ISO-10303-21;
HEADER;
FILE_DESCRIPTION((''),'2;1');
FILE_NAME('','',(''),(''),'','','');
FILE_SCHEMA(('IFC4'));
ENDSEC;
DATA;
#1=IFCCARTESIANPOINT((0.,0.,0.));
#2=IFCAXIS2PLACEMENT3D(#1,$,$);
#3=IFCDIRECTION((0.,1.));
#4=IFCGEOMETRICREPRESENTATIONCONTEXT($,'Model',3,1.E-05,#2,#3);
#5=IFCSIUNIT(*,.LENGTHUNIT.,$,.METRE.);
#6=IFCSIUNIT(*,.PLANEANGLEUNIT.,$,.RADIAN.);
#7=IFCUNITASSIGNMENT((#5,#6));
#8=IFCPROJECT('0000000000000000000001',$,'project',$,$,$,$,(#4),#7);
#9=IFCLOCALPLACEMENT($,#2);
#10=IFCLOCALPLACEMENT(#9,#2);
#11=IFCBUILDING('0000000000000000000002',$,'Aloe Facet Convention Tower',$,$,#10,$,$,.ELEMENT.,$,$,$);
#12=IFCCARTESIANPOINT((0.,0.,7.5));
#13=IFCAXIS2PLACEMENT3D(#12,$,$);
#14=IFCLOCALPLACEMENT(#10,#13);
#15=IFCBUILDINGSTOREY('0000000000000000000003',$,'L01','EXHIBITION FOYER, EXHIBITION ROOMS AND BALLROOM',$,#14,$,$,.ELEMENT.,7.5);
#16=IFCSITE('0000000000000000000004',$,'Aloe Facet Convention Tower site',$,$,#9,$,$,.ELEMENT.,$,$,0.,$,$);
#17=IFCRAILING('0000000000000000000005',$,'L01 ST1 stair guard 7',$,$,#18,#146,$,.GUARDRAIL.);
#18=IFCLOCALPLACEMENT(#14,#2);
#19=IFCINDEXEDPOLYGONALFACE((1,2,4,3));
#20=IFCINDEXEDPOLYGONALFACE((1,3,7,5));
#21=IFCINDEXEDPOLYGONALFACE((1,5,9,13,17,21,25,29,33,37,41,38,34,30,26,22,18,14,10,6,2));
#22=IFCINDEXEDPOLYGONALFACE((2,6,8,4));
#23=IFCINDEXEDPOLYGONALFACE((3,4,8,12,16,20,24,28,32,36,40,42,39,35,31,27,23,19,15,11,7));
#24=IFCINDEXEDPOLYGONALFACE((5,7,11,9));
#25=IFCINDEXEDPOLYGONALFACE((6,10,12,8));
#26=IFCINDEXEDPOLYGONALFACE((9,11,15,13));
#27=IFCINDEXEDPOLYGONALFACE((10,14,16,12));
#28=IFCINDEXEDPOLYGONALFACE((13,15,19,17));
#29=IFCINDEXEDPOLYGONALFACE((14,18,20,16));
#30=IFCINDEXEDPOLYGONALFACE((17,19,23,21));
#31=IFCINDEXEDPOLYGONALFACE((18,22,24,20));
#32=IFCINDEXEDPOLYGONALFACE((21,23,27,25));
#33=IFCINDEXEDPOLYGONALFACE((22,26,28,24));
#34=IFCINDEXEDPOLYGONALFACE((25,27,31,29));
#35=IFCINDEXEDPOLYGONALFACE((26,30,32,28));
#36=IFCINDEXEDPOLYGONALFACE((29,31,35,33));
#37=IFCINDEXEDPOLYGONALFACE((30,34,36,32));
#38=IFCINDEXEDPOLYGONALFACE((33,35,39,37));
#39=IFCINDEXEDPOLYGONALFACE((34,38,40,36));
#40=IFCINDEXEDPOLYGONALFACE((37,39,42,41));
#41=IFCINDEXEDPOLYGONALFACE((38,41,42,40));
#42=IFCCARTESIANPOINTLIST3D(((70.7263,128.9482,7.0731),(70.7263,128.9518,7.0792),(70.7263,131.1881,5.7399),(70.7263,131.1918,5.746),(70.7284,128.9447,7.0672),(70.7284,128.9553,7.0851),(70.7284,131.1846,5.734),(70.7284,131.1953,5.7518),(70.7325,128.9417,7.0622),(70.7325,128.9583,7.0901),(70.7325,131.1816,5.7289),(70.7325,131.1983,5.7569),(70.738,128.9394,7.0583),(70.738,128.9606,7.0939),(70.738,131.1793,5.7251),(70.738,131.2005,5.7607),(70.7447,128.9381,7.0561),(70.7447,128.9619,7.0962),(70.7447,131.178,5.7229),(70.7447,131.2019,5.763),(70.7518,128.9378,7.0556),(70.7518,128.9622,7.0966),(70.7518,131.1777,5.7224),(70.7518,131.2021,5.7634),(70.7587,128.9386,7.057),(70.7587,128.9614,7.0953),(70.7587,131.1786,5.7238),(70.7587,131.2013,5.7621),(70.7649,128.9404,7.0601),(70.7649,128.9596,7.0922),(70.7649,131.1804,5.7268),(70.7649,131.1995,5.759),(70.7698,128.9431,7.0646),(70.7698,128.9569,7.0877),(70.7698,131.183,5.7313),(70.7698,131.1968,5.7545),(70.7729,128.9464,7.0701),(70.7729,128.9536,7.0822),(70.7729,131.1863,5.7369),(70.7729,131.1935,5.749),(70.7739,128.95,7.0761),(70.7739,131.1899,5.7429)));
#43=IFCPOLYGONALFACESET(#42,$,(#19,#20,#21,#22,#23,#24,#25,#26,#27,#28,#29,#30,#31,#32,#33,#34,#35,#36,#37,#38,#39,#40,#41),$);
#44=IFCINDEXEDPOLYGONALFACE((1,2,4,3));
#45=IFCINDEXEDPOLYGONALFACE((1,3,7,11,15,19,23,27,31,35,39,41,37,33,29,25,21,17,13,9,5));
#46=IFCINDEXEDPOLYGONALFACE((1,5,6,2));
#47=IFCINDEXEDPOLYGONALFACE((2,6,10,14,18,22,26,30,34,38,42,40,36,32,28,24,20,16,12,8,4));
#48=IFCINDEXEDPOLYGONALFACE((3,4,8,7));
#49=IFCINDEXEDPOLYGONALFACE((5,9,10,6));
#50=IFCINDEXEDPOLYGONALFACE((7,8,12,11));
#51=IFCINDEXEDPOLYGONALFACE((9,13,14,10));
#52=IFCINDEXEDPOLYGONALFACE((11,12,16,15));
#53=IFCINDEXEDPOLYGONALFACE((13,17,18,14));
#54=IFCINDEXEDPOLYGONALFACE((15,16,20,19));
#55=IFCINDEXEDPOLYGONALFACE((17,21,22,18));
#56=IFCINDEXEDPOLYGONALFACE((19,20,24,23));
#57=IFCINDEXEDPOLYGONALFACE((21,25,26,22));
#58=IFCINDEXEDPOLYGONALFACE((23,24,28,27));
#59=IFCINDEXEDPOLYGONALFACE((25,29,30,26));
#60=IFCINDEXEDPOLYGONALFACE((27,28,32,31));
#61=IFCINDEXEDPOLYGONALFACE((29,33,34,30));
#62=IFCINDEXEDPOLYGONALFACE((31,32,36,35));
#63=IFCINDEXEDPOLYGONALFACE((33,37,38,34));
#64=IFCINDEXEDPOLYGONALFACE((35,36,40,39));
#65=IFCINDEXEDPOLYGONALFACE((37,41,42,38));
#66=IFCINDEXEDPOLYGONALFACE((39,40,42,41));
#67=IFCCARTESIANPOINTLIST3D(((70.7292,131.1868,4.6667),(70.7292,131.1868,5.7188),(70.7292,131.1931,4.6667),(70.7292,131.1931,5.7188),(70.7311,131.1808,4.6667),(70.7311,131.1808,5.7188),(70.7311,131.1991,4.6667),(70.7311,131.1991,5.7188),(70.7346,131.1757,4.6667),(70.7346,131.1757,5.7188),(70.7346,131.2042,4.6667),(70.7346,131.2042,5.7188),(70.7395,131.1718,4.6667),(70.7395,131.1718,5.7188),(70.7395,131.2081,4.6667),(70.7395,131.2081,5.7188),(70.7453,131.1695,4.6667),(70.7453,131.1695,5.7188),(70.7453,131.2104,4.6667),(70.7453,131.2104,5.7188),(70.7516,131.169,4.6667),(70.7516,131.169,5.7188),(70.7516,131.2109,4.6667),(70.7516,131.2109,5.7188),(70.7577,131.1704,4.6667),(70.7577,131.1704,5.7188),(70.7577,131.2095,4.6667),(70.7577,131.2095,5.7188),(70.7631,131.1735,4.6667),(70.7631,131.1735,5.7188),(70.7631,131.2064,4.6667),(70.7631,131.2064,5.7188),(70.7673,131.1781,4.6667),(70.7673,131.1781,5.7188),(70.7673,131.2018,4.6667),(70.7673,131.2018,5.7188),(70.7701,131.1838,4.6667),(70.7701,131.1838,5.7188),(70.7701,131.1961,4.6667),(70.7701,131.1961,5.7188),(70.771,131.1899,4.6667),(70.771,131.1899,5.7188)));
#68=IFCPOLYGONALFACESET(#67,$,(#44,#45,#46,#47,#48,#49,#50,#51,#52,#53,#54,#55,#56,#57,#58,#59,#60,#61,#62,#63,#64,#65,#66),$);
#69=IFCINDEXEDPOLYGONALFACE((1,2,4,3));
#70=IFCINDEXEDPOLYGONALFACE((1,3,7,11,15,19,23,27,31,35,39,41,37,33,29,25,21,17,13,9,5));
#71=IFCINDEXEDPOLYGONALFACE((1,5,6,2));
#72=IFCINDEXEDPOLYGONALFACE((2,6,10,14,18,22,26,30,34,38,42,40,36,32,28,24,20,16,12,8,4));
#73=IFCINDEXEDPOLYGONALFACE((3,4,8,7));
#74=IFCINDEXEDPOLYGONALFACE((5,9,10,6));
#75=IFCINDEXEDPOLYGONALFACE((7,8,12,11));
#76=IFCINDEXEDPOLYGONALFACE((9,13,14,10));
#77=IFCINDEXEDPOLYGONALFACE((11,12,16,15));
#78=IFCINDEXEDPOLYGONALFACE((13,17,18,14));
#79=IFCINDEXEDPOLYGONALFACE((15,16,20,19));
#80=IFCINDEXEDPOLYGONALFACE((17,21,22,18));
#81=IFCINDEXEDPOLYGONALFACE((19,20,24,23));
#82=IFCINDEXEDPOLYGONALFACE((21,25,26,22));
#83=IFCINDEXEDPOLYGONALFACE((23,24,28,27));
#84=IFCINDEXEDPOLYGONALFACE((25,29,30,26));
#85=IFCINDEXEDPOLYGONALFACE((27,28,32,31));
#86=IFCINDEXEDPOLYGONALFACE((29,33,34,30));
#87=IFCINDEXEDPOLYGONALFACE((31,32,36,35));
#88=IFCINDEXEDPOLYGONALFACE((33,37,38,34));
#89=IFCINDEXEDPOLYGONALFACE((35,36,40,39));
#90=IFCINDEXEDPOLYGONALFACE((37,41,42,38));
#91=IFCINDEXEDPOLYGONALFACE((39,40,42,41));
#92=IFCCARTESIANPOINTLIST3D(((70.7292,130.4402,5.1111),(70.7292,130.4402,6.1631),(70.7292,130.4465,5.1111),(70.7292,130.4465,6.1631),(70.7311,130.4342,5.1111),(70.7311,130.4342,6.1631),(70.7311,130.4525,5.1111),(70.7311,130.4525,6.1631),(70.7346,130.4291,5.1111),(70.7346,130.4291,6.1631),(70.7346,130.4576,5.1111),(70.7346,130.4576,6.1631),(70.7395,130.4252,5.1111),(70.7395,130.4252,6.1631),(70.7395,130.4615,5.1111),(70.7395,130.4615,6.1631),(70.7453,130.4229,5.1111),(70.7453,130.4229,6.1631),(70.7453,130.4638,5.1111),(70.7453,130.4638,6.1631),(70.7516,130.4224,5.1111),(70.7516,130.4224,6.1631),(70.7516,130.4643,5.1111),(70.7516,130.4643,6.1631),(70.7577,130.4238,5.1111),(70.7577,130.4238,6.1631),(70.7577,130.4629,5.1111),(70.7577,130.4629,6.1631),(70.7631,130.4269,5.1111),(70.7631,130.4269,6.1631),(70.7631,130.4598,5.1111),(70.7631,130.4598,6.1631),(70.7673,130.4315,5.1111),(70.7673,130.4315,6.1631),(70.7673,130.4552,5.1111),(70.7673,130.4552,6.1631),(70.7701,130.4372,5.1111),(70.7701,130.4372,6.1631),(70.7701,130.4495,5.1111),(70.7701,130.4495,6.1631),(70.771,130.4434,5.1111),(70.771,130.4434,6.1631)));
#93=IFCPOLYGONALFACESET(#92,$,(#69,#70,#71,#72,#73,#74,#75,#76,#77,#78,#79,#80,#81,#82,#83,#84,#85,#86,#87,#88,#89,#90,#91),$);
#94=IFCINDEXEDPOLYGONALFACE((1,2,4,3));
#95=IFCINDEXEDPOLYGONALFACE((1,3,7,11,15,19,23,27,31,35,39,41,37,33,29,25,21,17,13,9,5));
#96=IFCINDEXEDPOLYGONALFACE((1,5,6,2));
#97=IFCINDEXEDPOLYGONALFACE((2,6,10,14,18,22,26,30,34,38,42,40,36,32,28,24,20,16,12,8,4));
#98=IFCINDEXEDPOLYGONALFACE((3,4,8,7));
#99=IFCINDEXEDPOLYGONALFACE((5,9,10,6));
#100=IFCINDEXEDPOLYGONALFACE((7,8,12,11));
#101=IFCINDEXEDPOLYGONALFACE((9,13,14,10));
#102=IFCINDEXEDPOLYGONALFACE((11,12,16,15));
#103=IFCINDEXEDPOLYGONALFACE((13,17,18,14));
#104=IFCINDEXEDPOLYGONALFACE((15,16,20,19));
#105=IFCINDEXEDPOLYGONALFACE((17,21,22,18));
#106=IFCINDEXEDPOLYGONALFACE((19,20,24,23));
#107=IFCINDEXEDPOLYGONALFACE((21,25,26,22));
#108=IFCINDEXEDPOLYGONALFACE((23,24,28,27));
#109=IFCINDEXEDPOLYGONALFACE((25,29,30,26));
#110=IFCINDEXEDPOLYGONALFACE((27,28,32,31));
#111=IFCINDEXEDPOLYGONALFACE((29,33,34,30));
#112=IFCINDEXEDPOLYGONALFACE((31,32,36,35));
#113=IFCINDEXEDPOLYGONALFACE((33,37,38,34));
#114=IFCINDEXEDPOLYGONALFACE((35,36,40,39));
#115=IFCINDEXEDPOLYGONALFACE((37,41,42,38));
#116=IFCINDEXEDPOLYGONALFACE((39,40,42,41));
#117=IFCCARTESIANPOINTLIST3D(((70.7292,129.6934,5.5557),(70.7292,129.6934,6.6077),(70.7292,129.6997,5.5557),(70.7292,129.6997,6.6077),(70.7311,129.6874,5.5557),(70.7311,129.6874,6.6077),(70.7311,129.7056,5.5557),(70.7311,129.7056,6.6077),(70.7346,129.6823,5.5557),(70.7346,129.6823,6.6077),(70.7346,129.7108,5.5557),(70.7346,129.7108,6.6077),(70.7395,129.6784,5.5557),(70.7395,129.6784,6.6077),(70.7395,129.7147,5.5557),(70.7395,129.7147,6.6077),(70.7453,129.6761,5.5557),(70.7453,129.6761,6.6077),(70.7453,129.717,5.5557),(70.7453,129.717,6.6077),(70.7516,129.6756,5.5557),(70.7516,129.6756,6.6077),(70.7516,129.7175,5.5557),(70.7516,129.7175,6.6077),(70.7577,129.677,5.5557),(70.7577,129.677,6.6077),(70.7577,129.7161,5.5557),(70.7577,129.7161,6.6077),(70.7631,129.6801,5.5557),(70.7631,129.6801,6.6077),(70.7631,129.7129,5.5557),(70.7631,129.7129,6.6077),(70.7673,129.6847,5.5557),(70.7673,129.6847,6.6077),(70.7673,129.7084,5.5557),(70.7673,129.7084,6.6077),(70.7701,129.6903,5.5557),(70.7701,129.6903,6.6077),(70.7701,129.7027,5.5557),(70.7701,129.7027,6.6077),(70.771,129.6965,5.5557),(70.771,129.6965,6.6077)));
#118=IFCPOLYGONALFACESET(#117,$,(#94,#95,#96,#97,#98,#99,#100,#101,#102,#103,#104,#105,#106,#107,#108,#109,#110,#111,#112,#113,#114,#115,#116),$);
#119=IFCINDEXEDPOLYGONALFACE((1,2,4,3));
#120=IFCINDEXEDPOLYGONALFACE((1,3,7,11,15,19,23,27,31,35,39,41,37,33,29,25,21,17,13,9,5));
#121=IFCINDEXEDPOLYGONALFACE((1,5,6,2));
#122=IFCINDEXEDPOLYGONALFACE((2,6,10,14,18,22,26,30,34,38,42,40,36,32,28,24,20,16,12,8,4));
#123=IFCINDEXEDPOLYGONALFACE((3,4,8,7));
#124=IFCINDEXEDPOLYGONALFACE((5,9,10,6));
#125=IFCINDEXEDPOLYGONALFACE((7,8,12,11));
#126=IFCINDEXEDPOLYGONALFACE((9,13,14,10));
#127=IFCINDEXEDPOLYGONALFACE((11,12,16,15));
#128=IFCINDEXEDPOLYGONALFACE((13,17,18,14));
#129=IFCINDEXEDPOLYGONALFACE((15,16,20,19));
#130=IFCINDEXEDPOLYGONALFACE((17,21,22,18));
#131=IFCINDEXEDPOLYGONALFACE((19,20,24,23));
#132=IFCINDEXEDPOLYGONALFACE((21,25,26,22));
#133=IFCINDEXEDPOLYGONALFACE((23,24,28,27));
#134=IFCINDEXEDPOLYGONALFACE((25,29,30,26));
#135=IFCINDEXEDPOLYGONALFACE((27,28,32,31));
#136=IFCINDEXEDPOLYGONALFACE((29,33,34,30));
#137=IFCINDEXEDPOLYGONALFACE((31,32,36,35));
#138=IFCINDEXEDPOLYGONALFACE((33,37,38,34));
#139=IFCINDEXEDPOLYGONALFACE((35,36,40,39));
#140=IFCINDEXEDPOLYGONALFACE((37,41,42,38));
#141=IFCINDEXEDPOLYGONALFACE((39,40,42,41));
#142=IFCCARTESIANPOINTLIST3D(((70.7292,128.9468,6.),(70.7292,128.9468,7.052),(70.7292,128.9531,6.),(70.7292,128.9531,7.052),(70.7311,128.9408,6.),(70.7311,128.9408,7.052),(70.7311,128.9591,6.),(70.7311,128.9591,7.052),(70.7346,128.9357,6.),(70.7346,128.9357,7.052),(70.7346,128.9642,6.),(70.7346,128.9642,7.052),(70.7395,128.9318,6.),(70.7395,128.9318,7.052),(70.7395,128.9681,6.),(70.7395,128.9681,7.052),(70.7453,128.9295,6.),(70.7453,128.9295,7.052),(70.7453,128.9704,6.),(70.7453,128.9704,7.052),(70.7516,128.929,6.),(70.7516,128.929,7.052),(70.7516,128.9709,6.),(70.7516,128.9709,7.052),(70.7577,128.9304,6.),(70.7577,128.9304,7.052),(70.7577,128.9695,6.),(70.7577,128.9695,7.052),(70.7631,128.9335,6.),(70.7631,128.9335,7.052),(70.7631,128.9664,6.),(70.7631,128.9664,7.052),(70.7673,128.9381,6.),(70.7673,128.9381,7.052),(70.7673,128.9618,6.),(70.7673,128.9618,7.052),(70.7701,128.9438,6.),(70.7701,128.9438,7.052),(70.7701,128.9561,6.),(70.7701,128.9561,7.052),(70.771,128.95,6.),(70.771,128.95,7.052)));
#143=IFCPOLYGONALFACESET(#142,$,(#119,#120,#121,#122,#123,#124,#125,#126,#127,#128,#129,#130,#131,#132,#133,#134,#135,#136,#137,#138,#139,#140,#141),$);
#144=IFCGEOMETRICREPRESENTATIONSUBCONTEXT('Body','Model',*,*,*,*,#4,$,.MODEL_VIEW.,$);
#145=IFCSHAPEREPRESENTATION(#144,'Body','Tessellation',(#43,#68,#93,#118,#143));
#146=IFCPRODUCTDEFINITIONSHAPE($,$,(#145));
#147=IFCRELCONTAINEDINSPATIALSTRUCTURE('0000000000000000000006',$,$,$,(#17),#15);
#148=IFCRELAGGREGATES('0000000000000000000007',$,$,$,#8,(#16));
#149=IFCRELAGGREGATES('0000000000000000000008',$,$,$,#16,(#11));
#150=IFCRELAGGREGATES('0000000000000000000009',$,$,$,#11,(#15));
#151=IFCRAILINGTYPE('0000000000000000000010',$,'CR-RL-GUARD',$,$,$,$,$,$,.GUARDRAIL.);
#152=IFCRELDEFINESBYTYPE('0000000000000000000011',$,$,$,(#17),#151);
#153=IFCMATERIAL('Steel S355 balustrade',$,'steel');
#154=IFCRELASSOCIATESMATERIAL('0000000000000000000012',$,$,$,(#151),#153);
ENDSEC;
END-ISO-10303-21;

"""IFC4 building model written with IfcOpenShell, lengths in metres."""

from ifc_helpers import new_model, si_unit, direction, frame, origin, origin_2d, place, context, subcontext, project, spatial, circle, extrude, material, type_object, element, save


model = new_model("IFC4")

# Units and contexts
model_context = context("Model", 3, precision=1e-05, world=origin(), true_north=direction((0.0, 1.0)))
body_context = subcontext(model_context, "Body", "Model", "MODEL_VIEW")
ifc_project = project(units=[si_unit("LENGTHUNIT", "METRE"), si_unit("PLANEANGLEUNIT", "RADIAN")], contexts=[model_context])

# Site, building, storey
site_placement = place(None, origin())
site = spatial("IfcSite", under=ifc_project, at=site_placement, Name="Aloe Facet Convention Tower site", CompositionType="ELEMENT", RefElevation=0.0)
building_placement = place(site_placement, origin())
building = spatial("IfcBuilding", under=site, at=building_placement, Name="Aloe Facet Convention Tower", CompositionType="ELEMENT")
storey_placement = place(building_placement, frame((0.0, 0.0, 7.5)))
storey = spatial("IfcBuildingStorey", under=building, at=storey_placement, Name="L01", Description="EXHIBITION FOYER, EXHIBITION ROOMS AND BALLROOM", CompositionType="ELEMENT", Elevation=7.5)

# Railing
ifc_material_1 = material(Name="Steel S355 balustrade", Category="steel")
railing_type_1 = type_object("IfcRailingType", Name="CR-RL-GUARD", PredefinedType="GUARDRAIL", material=ifc_material_1)
railing_1_placement = place(storey_placement, frame((70.75, 131.1899, 4.6667)))
element("IfcRailing", 1, at=railing_1_placement, inside=storey, type_object=railing_type_1, Name="L01 ST1 stair guard 7", PredefinedType="GUARDRAIL", context=body_context, shape_type="SweptSolid", body=[
    extrude(circle(Radius=0.0239, at=origin_2d()), frame((0.0, 0.0, 1.0762), z_axis=(0.0, -0.859306, 0.511462), x_axis=(1.0, 0.0, 0.0)), (0.0, 0.0, 1.0), 2.6067),
    extrude(circle(Radius=0.021, at=origin_2d()), origin(), (0.0, 0.0, 1.0), 1.052),
    extrude(circle(Radius=0.021, at=origin_2d()), frame((0.0, -0.7466, 0.4443)), (0.0, 0.0, 1.0), 1.052),
    extrude(circle(Radius=0.021, at=origin_2d()), frame((0.0, -1.4934, 0.8889)), (0.0, 0.0, 1.0), 1.052),
    extrude(circle(Radius=0.021, at=origin_2d()), frame((0.0, -2.24, 1.3333)), (0.0, 0.0, 1.0), 1.052),
])

save(model, "model.ifc")
